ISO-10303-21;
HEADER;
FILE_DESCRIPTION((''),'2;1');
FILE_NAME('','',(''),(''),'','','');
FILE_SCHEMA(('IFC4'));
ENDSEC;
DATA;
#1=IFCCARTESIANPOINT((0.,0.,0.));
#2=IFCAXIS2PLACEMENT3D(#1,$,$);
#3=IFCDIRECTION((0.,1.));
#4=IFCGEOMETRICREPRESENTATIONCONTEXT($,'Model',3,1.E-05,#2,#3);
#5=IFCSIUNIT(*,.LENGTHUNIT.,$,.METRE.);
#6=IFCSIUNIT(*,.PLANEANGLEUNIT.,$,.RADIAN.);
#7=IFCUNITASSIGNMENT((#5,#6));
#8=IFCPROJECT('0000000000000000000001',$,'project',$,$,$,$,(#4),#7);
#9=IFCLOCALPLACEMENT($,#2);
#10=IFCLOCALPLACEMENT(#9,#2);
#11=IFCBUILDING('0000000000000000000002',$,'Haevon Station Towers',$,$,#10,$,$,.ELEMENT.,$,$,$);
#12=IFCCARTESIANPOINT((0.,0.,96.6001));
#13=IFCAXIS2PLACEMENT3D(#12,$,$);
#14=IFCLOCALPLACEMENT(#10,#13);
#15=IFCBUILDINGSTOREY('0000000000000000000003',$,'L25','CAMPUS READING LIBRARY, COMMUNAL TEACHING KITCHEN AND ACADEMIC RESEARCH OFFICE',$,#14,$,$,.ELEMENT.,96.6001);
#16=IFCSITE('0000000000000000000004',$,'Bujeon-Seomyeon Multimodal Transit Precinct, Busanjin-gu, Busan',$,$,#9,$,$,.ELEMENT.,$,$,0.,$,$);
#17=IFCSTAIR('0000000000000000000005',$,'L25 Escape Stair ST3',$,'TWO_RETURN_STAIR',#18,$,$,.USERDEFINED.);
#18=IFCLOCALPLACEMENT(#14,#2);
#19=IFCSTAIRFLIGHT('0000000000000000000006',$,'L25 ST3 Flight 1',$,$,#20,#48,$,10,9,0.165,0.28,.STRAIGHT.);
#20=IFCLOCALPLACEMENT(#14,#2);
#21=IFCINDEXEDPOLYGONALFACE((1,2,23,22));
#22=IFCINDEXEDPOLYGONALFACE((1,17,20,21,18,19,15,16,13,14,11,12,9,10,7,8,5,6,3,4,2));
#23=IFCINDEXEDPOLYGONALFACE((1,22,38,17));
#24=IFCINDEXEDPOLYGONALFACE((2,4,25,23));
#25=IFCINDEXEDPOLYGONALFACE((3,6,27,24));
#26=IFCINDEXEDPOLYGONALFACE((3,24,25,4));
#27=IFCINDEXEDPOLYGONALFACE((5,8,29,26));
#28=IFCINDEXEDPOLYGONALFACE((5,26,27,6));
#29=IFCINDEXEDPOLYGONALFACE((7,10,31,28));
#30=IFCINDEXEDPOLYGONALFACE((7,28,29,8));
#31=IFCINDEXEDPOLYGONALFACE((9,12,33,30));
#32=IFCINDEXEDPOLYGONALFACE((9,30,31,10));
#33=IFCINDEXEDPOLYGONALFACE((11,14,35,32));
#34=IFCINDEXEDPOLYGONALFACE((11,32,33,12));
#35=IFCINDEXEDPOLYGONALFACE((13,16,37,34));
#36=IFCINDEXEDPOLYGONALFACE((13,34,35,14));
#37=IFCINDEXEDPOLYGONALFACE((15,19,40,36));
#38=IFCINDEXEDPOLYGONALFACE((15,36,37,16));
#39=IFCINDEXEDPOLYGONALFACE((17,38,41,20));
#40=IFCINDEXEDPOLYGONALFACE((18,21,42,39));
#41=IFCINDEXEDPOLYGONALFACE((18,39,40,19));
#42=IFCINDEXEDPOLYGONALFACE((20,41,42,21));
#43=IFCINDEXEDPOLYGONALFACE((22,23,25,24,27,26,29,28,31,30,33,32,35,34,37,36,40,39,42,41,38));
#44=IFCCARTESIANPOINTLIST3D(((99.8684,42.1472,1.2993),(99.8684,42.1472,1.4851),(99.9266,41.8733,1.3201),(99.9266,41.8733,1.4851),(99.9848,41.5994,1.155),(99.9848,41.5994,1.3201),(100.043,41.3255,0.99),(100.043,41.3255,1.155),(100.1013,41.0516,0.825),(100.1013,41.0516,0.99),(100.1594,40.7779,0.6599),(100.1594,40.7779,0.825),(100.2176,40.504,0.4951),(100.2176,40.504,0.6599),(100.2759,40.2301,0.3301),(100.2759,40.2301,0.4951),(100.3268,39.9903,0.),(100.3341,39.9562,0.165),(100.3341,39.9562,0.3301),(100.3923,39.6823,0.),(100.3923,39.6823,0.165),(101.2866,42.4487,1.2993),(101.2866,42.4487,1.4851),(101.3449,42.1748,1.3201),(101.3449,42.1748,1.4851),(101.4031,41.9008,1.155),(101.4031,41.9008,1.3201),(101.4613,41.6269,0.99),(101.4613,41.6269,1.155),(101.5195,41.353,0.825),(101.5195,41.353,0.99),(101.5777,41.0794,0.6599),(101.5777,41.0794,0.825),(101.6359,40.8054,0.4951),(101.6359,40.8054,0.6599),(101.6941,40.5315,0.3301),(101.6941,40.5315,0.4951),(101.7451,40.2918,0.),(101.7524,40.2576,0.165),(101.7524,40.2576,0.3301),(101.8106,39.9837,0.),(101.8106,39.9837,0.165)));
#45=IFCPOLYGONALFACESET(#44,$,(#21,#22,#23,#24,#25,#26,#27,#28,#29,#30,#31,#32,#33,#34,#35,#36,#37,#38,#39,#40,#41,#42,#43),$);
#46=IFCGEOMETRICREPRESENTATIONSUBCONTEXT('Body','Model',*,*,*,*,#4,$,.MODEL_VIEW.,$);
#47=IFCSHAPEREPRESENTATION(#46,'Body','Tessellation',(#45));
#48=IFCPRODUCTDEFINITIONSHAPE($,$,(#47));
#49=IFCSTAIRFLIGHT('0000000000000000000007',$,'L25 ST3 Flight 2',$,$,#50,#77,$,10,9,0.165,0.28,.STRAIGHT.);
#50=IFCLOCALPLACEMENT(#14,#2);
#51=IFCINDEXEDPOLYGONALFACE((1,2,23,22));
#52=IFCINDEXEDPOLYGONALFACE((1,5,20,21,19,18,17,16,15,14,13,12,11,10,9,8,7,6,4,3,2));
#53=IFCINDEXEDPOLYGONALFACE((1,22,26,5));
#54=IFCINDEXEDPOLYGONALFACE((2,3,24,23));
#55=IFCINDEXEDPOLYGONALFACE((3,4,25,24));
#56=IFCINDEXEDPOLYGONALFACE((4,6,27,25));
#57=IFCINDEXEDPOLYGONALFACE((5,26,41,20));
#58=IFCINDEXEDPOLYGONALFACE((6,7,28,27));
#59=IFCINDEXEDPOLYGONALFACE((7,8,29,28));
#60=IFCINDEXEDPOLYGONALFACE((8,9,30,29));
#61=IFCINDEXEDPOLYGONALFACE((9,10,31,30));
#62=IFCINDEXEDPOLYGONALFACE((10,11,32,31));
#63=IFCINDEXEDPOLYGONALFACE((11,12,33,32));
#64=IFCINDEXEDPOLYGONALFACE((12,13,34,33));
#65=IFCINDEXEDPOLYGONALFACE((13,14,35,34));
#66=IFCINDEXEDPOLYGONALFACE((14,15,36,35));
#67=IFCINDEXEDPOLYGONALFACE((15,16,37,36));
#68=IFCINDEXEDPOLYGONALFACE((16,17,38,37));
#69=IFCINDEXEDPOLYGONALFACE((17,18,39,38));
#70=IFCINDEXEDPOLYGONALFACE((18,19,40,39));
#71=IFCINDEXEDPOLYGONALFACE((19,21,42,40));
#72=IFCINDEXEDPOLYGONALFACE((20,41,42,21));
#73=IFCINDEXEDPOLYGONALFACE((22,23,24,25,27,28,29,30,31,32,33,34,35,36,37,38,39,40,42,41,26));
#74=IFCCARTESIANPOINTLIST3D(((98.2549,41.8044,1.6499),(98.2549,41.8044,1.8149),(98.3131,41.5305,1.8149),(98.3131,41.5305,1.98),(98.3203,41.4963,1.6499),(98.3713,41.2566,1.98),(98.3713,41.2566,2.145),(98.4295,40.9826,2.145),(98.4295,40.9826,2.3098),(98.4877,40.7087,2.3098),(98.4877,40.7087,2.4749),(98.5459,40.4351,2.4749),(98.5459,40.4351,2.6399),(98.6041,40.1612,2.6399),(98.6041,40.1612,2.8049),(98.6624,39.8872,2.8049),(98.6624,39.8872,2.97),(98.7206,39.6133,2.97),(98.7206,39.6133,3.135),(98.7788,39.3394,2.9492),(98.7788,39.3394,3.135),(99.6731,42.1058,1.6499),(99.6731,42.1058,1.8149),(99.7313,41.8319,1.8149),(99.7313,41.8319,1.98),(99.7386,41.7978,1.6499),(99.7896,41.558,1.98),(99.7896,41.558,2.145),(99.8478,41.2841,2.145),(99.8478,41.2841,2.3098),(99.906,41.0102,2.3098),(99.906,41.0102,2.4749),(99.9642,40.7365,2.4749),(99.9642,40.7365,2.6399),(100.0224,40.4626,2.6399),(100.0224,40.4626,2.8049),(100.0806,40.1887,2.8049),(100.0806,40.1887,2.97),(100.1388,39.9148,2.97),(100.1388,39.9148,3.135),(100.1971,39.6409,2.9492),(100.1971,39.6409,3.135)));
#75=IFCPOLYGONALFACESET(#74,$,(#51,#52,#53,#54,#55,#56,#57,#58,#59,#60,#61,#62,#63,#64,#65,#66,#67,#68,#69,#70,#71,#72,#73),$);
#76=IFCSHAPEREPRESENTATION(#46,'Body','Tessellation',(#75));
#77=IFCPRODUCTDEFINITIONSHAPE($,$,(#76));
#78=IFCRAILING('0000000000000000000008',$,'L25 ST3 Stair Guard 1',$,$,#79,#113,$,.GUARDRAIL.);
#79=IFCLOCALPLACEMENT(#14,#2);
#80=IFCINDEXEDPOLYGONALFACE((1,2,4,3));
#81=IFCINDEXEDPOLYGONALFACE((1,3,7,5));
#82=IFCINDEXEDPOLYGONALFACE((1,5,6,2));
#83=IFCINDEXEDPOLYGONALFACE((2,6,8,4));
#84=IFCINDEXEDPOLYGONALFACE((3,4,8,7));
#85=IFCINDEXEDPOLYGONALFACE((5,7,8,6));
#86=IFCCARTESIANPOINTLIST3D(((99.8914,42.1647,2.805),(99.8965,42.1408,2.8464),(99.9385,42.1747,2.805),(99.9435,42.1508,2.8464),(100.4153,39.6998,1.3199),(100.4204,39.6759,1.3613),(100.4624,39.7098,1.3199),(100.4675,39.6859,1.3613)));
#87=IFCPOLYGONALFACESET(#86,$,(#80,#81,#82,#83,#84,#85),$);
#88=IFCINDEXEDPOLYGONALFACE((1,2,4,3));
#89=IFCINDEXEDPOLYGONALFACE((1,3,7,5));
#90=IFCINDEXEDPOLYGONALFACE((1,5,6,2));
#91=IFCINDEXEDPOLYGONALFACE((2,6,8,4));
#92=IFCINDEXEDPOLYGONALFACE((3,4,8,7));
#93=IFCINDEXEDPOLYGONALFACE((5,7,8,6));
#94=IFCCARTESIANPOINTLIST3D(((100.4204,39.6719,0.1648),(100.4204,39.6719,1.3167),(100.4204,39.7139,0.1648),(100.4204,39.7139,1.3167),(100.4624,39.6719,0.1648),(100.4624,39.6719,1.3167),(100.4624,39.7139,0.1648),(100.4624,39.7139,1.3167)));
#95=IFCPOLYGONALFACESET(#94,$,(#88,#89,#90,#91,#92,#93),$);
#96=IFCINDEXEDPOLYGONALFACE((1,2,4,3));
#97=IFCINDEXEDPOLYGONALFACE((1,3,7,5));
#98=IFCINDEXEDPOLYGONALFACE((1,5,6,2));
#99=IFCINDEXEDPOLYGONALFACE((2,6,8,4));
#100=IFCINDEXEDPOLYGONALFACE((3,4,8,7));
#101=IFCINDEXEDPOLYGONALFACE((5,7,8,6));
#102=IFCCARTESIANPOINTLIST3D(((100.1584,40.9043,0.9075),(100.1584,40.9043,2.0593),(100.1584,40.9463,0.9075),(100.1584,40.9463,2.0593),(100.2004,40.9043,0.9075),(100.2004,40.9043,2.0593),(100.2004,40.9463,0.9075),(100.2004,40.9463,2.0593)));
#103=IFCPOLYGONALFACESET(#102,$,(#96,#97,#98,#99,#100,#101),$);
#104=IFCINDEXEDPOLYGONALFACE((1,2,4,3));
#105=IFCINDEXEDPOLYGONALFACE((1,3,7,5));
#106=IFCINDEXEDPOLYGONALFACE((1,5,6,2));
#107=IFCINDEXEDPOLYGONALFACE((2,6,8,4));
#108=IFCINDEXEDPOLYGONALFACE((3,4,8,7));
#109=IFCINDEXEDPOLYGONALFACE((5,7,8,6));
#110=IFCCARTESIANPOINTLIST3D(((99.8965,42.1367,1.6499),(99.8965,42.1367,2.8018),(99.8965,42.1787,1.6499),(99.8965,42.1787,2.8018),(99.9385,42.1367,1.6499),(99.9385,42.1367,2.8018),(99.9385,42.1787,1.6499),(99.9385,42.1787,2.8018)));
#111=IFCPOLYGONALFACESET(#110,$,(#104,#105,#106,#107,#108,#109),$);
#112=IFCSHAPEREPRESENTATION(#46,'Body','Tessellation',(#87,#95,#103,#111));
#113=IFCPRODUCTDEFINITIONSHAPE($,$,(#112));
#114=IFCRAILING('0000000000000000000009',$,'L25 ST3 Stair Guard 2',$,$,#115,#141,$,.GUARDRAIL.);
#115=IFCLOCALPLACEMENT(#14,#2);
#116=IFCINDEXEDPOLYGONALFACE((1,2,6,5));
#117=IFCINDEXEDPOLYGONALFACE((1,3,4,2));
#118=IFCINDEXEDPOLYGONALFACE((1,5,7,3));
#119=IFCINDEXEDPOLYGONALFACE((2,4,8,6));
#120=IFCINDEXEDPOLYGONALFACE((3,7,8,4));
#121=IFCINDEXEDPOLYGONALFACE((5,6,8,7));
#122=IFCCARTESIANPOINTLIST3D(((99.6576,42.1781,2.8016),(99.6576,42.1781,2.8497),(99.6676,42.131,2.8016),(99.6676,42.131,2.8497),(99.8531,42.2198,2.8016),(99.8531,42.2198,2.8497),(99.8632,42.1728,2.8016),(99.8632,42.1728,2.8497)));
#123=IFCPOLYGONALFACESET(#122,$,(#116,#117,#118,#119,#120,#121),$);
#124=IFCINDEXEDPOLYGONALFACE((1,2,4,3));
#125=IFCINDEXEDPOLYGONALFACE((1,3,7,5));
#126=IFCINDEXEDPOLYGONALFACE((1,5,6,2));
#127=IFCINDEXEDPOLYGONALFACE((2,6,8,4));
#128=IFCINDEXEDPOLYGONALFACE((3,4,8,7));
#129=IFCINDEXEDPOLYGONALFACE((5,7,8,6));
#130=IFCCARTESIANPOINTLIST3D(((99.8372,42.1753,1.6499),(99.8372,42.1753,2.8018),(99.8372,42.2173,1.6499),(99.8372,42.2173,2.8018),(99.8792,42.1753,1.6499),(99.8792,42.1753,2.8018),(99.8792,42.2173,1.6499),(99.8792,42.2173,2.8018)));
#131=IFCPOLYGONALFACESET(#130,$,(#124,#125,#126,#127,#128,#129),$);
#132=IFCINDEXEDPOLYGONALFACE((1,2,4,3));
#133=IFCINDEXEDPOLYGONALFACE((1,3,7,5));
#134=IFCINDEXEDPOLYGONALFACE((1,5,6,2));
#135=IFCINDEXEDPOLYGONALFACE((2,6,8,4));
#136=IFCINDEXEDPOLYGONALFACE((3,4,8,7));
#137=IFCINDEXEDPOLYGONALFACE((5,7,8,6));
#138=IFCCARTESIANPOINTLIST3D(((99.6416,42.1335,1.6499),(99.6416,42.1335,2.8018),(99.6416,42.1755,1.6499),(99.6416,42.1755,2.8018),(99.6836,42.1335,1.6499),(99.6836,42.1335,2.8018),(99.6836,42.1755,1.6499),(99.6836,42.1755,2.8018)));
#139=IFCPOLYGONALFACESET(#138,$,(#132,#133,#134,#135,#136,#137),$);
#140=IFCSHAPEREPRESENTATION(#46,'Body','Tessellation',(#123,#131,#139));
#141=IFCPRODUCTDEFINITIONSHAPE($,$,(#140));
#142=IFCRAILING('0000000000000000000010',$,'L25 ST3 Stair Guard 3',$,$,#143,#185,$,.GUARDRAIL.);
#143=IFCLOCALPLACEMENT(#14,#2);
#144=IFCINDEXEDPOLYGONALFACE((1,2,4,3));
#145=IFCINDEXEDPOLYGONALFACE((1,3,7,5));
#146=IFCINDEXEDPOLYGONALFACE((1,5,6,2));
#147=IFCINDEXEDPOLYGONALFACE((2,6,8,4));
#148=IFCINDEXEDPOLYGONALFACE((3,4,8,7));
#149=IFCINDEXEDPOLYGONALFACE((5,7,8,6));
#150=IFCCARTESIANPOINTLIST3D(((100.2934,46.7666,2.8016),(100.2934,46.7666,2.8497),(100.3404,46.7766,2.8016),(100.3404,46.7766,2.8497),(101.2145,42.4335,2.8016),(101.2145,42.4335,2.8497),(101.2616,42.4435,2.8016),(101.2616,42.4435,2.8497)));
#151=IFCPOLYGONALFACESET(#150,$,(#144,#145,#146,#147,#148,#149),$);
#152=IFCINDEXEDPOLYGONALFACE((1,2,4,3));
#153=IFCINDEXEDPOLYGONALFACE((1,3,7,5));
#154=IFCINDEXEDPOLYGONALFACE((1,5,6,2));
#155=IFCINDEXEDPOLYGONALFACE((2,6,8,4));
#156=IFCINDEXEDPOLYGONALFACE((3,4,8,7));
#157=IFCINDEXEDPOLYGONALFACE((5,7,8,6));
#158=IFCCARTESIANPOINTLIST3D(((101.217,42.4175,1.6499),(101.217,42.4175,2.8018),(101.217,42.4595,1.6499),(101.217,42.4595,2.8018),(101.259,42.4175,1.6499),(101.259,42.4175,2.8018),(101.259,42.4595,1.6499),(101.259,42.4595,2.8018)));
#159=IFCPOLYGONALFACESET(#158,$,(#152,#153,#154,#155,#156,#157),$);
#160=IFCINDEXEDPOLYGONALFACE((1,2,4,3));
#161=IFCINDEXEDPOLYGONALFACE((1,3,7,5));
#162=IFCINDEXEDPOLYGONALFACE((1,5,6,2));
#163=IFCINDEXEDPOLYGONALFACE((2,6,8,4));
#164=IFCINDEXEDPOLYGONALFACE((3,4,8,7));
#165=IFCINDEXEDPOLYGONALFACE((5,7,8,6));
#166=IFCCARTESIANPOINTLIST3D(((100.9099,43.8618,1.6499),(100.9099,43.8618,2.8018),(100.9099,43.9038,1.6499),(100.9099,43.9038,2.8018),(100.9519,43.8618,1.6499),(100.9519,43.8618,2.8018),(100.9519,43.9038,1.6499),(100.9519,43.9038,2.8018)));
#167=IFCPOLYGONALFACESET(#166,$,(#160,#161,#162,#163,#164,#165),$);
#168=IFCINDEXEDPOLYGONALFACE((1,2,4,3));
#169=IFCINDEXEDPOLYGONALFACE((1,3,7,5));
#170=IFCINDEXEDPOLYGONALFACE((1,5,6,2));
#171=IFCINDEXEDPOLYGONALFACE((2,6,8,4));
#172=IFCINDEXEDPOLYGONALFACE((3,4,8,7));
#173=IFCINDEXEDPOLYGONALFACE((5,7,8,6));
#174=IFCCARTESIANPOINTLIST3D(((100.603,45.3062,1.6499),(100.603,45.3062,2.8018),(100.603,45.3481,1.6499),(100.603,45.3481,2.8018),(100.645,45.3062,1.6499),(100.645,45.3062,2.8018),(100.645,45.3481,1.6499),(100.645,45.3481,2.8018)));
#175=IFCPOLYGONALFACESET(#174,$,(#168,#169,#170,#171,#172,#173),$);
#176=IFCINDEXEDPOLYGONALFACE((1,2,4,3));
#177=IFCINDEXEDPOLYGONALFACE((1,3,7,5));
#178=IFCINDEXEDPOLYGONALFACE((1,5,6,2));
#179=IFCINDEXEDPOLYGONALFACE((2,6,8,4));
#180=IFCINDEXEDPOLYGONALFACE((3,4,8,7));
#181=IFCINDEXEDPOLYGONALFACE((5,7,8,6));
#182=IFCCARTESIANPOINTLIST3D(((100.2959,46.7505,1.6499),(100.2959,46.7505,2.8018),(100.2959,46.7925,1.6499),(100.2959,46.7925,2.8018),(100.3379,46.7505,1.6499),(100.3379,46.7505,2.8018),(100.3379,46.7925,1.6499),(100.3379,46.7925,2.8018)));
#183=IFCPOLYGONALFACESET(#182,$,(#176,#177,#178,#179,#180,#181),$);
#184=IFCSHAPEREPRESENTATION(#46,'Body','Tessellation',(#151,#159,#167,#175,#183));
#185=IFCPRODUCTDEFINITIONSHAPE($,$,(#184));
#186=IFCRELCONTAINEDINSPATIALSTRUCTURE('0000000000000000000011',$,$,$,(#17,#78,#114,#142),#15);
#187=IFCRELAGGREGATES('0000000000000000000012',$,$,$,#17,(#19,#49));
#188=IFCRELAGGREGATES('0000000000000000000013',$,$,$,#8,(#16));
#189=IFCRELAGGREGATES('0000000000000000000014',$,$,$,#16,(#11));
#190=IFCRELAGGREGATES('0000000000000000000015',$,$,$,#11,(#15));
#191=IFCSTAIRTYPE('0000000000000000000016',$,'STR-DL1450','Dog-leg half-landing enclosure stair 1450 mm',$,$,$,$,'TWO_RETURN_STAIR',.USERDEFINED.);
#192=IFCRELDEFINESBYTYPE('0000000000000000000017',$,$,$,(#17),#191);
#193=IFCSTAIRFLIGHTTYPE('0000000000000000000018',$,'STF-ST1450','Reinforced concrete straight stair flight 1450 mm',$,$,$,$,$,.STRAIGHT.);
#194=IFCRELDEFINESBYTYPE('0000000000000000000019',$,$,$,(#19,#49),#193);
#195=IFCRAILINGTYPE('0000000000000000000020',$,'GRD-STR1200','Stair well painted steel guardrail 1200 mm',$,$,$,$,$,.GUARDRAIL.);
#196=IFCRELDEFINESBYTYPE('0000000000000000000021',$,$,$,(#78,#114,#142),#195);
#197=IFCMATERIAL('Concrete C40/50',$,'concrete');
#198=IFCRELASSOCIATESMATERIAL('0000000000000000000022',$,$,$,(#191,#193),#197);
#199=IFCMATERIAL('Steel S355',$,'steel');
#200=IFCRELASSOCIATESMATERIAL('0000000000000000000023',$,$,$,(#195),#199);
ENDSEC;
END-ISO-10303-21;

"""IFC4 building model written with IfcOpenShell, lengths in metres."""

from ifc_helpers import new_model, si_unit, direction, frame, origin, origin_2d, place, context, subcontext, project, spatial, polyline, rectangle, outline, extrude, material, type_object, element, aggregate, save


model = new_model("IFC4")

# Units and contexts
model_context = context("Model", 3, precision=1e-05, world=origin(), true_north=direction((0.0, 1.0)))
body_context = subcontext(model_context, "Body", "Model", "MODEL_VIEW")
ifc_project = project(units=[si_unit("LENGTHUNIT", "METRE"), si_unit("PLANEANGLEUNIT", "RADIAN")], contexts=[model_context])

# Site, building, storey
site_placement = place(None, origin())
site = spatial("IfcSite", under=ifc_project, at=site_placement, Name="Bujeon-Seomyeon Multimodal Transit Precinct, Busanjin-gu, Busan", CompositionType="ELEMENT", RefElevation=0.0)
building_placement = place(site_placement, origin())
building = spatial("IfcBuilding", under=site, at=building_placement, Name="Haevon Station Towers", CompositionType="ELEMENT")
storey_placement = place(building_placement, frame((0.0, 0.0, 96.6001)))
storey = spatial("IfcBuildingStorey", under=building, at=storey_placement, Name="L25", Description="CAMPUS READING LIBRARY, COMMUNAL TEACHING KITCHEN AND ACADEMIC RESEARCH OFFICE", CompositionType="ELEMENT", Elevation=96.6001)

# Shared definitions
ifc_material_1 = material(Name="Steel S355", Category="steel")

# Shared definitions
ifc_material_2 = material(Name="Concrete C40/50", Category="concrete")

# Stair, stair flights
stair_type = type_object("IfcStairType", Name="STR-DL1450", Description="Dog-leg half-landing enclosure stair 1450 mm", ElementType="TWO_RETURN_STAIR", PredefinedType="USERDEFINED", material=ifc_material_2)
stair_placement = place(storey_placement, origin())
stair = element("IfcStair", 1, at=stair_placement, inside=storey, type_object=stair_type, Name="L25 Escape Stair ST3", ObjectType="TWO_RETURN_STAIR", PredefinedType="USERDEFINED")
stair_flight_type = type_object("IfcStairFlightType", Name="STF-ST1450", Description="Reinforced concrete straight stair flight 1450 mm", PredefinedType="STRAIGHT", material=ifc_material_2)
stair_flight_1_placement = place(storey_placement, frame((101.1016, 39.833, 0.0), z_axis=(0.0, 0.0, 1.0), x_axis=(-0.207912, 0.978148, 0.0)))
stair_flight_1 = element("IfcStairFlight", 2, at=stair_flight_1_placement, type_object=stair_flight_type, Name="L25 ST3 Flight 1", NumberOfRisers=10, NumberOfTreads=9, PredefinedType="STRAIGHT", RiserHeight=0.165, TreadLength=0.28, context=body_context, shape_type="SweptSolid", body=[
    extrude(outline(polyline([(0.0, 0.0), (0.0, 0.165), (0.28, 0.165), (0.28, 0.3301), (0.5601, 0.3301), (0.5601, 0.4951), (0.8401, 0.4951), (0.8401, 0.6599), (1.1201, 0.6599), (1.1201, 0.825), (1.3999, 0.825), (1.3999, 0.99), (1.6799, 0.99), (1.6799, 1.155), (1.96, 1.155), (1.96, 1.3201), (2.24, 1.3201), (2.24, 1.4851), (2.52, 1.4851), (2.52, 1.6499), (2.52, 1.2993), (0.3149, 0.0), (0.0, 0.0)])), frame((0.0, 0.7251, 0.0), z_axis=(0.0, -1.0, 0.0), x_axis=(1.0, 0.0, 0.0)), (0.0, 0.0, 1.0), 1.45),
])
stair_flight_2_placement = place(storey_placement, frame((98.9639, 41.9551, 1.6499), z_axis=(0.0, 0.0, 1.0), x_axis=(0.207912, -0.978148, 0.0)))
stair_flight_2 = element("IfcStairFlight", 3, at=stair_flight_2_placement, type_object=stair_flight_type, Name="L25 ST3 Flight 2", NumberOfRisers=10, NumberOfTreads=9, PredefinedType="STRAIGHT", RiserHeight=0.165, TreadLength=0.28, context=body_context, shape_type="SweptSolid", body=[
    extrude(outline(polyline([(0.0, 0.0), (0.0, 0.165), (0.28, 0.165), (0.28, 0.3301), (0.5601, 0.3301), (0.5601, 0.4951), (0.8401, 0.4951), (0.8401, 0.6599), (1.1201, 0.6599), (1.1201, 0.825), (1.3999, 0.825), (1.3999, 0.99), (1.6799, 0.99), (1.6799, 1.155), (1.96, 1.155), (1.96, 1.3201), (2.24, 1.3201), (2.24, 1.4851), (2.52, 1.4851), (2.52, 1.6499), (2.52, 1.2993), (0.3149, 0.0), (0.0, 0.0)])), frame((0.0, 0.7251, 0.0), z_axis=(0.0, -1.0, 0.0), x_axis=(1.0, 0.0, 0.0)), (0.0, 0.0, 1.0), 1.45),
])
aggregate(stair, [stair_flight_1, stair_flight_2])

# Railings
railing_type_1 = type_object("IfcRailingType", Name="GRD-STR1200", Description="Stair well painted steel guardrail 1200 mm", PredefinedType="GUARDRAIL", material=ifc_material_1)
railing_1_placement = place(storey_placement, frame((100.4414, 39.6929, 0.1648)))
element("IfcRailing", 4, at=railing_1_placement, inside=storey, type_object=railing_type_1, Name="L25 ST3 Stair Guard 1", PredefinedType="GUARDRAIL", context=body_context, shape_type="SweptSolid", body=[
    extrude(rectangle(XDim=0.0481, YDim=0.0481, at=origin_2d()), frame((0.0, 0.0, 1.1758), z_axis=(-0.179121, 0.842688, 0.507733), x_axis=(-0.978147, -0.207914, 0.0)), (0.0, 0.0, 1.0), 2.925),
    extrude(rectangle(XDim=0.042, YDim=0.042, at=origin_2d()), origin(), (0.0, 0.0, 1.0), 1.1519),
    extrude(rectangle(XDim=0.042, YDim=0.042, at=origin_2d()), frame((-0.262, 1.2324, 0.7427)), (0.0, 0.0, 1.0), 1.1519),
    extrude(rectangle(XDim=0.042, YDim=0.042, at=origin_2d()), frame((-0.5239, 2.4648, 1.4851)), (0.0, 0.0, 1.0), 1.1519),
])
railing_2_placement = place(storey_placement, frame((99.8582, 42.1963, 1.6499)))
element("IfcRailing", 5, at=railing_2_placement, inside=storey, type_object=railing_type_1, Name="L25 ST3 Stair Guard 2", PredefinedType="GUARDRAIL", context=body_context, shape_type="SweptSolid", body=[
    extrude(rectangle(XDim=0.0481, YDim=0.0481, at=origin_2d()), frame((0.0, 0.0, 1.1758), z_axis=(-0.977963, -0.208779, 0.0), x_axis=(0.208779, -0.977963, 0.0)), (0.0, 0.0, 1.0), 0.2),
    extrude(rectangle(XDim=0.042, YDim=0.042, at=origin_2d()), origin(), (0.0, 0.0, 1.0), 1.1519),
    extrude(rectangle(XDim=0.042, YDim=0.042, at=origin_2d()), frame((-0.1956, -0.0417, 0.0)), (0.0, 0.0, 1.0), 1.1519),
])
railing_3_placement = place(storey_placement, frame((101.238, 42.4385, 1.6499)))
element("IfcRailing", 6, at=railing_3_placement, inside=storey, type_object=railing_type_1, Name="L25 ST3 Stair Guard 3", PredefinedType="GUARDRAIL", context=body_context, shape_type="SweptSolid", body=[
    extrude(rectangle(XDim=0.0481, YDim=0.0481, at=origin_2d()), frame((0.0, 0.0, 1.1758), z_axis=(-0.20794, 0.978141, 0.0), x_axis=(-0.978141, -0.20794, 0.0)), (0.0, 0.0, 1.0), 4.4299),
    extrude(rectangle(XDim=0.042, YDim=0.042, at=origin_2d()), origin(), (0.0, 0.0, 1.0), 1.1519),
    extrude(rectangle(XDim=0.042, YDim=0.042, at=origin_2d()), frame((-0.3071, 1.4443, 0.0)), (0.0, 0.0, 1.0), 1.1519),
    extrude(rectangle(XDim=0.042, YDim=0.042, at=origin_2d()), frame((-0.614, 2.8887, 0.0)), (0.0, 0.0, 1.0), 1.1519),
    extrude(rectangle(XDim=0.042, YDim=0.042, at=origin_2d()), frame((-0.9211, 4.333, 0.0)), (0.0, 0.0, 1.0), 1.1519),
])

save(model, "model.ifc")
